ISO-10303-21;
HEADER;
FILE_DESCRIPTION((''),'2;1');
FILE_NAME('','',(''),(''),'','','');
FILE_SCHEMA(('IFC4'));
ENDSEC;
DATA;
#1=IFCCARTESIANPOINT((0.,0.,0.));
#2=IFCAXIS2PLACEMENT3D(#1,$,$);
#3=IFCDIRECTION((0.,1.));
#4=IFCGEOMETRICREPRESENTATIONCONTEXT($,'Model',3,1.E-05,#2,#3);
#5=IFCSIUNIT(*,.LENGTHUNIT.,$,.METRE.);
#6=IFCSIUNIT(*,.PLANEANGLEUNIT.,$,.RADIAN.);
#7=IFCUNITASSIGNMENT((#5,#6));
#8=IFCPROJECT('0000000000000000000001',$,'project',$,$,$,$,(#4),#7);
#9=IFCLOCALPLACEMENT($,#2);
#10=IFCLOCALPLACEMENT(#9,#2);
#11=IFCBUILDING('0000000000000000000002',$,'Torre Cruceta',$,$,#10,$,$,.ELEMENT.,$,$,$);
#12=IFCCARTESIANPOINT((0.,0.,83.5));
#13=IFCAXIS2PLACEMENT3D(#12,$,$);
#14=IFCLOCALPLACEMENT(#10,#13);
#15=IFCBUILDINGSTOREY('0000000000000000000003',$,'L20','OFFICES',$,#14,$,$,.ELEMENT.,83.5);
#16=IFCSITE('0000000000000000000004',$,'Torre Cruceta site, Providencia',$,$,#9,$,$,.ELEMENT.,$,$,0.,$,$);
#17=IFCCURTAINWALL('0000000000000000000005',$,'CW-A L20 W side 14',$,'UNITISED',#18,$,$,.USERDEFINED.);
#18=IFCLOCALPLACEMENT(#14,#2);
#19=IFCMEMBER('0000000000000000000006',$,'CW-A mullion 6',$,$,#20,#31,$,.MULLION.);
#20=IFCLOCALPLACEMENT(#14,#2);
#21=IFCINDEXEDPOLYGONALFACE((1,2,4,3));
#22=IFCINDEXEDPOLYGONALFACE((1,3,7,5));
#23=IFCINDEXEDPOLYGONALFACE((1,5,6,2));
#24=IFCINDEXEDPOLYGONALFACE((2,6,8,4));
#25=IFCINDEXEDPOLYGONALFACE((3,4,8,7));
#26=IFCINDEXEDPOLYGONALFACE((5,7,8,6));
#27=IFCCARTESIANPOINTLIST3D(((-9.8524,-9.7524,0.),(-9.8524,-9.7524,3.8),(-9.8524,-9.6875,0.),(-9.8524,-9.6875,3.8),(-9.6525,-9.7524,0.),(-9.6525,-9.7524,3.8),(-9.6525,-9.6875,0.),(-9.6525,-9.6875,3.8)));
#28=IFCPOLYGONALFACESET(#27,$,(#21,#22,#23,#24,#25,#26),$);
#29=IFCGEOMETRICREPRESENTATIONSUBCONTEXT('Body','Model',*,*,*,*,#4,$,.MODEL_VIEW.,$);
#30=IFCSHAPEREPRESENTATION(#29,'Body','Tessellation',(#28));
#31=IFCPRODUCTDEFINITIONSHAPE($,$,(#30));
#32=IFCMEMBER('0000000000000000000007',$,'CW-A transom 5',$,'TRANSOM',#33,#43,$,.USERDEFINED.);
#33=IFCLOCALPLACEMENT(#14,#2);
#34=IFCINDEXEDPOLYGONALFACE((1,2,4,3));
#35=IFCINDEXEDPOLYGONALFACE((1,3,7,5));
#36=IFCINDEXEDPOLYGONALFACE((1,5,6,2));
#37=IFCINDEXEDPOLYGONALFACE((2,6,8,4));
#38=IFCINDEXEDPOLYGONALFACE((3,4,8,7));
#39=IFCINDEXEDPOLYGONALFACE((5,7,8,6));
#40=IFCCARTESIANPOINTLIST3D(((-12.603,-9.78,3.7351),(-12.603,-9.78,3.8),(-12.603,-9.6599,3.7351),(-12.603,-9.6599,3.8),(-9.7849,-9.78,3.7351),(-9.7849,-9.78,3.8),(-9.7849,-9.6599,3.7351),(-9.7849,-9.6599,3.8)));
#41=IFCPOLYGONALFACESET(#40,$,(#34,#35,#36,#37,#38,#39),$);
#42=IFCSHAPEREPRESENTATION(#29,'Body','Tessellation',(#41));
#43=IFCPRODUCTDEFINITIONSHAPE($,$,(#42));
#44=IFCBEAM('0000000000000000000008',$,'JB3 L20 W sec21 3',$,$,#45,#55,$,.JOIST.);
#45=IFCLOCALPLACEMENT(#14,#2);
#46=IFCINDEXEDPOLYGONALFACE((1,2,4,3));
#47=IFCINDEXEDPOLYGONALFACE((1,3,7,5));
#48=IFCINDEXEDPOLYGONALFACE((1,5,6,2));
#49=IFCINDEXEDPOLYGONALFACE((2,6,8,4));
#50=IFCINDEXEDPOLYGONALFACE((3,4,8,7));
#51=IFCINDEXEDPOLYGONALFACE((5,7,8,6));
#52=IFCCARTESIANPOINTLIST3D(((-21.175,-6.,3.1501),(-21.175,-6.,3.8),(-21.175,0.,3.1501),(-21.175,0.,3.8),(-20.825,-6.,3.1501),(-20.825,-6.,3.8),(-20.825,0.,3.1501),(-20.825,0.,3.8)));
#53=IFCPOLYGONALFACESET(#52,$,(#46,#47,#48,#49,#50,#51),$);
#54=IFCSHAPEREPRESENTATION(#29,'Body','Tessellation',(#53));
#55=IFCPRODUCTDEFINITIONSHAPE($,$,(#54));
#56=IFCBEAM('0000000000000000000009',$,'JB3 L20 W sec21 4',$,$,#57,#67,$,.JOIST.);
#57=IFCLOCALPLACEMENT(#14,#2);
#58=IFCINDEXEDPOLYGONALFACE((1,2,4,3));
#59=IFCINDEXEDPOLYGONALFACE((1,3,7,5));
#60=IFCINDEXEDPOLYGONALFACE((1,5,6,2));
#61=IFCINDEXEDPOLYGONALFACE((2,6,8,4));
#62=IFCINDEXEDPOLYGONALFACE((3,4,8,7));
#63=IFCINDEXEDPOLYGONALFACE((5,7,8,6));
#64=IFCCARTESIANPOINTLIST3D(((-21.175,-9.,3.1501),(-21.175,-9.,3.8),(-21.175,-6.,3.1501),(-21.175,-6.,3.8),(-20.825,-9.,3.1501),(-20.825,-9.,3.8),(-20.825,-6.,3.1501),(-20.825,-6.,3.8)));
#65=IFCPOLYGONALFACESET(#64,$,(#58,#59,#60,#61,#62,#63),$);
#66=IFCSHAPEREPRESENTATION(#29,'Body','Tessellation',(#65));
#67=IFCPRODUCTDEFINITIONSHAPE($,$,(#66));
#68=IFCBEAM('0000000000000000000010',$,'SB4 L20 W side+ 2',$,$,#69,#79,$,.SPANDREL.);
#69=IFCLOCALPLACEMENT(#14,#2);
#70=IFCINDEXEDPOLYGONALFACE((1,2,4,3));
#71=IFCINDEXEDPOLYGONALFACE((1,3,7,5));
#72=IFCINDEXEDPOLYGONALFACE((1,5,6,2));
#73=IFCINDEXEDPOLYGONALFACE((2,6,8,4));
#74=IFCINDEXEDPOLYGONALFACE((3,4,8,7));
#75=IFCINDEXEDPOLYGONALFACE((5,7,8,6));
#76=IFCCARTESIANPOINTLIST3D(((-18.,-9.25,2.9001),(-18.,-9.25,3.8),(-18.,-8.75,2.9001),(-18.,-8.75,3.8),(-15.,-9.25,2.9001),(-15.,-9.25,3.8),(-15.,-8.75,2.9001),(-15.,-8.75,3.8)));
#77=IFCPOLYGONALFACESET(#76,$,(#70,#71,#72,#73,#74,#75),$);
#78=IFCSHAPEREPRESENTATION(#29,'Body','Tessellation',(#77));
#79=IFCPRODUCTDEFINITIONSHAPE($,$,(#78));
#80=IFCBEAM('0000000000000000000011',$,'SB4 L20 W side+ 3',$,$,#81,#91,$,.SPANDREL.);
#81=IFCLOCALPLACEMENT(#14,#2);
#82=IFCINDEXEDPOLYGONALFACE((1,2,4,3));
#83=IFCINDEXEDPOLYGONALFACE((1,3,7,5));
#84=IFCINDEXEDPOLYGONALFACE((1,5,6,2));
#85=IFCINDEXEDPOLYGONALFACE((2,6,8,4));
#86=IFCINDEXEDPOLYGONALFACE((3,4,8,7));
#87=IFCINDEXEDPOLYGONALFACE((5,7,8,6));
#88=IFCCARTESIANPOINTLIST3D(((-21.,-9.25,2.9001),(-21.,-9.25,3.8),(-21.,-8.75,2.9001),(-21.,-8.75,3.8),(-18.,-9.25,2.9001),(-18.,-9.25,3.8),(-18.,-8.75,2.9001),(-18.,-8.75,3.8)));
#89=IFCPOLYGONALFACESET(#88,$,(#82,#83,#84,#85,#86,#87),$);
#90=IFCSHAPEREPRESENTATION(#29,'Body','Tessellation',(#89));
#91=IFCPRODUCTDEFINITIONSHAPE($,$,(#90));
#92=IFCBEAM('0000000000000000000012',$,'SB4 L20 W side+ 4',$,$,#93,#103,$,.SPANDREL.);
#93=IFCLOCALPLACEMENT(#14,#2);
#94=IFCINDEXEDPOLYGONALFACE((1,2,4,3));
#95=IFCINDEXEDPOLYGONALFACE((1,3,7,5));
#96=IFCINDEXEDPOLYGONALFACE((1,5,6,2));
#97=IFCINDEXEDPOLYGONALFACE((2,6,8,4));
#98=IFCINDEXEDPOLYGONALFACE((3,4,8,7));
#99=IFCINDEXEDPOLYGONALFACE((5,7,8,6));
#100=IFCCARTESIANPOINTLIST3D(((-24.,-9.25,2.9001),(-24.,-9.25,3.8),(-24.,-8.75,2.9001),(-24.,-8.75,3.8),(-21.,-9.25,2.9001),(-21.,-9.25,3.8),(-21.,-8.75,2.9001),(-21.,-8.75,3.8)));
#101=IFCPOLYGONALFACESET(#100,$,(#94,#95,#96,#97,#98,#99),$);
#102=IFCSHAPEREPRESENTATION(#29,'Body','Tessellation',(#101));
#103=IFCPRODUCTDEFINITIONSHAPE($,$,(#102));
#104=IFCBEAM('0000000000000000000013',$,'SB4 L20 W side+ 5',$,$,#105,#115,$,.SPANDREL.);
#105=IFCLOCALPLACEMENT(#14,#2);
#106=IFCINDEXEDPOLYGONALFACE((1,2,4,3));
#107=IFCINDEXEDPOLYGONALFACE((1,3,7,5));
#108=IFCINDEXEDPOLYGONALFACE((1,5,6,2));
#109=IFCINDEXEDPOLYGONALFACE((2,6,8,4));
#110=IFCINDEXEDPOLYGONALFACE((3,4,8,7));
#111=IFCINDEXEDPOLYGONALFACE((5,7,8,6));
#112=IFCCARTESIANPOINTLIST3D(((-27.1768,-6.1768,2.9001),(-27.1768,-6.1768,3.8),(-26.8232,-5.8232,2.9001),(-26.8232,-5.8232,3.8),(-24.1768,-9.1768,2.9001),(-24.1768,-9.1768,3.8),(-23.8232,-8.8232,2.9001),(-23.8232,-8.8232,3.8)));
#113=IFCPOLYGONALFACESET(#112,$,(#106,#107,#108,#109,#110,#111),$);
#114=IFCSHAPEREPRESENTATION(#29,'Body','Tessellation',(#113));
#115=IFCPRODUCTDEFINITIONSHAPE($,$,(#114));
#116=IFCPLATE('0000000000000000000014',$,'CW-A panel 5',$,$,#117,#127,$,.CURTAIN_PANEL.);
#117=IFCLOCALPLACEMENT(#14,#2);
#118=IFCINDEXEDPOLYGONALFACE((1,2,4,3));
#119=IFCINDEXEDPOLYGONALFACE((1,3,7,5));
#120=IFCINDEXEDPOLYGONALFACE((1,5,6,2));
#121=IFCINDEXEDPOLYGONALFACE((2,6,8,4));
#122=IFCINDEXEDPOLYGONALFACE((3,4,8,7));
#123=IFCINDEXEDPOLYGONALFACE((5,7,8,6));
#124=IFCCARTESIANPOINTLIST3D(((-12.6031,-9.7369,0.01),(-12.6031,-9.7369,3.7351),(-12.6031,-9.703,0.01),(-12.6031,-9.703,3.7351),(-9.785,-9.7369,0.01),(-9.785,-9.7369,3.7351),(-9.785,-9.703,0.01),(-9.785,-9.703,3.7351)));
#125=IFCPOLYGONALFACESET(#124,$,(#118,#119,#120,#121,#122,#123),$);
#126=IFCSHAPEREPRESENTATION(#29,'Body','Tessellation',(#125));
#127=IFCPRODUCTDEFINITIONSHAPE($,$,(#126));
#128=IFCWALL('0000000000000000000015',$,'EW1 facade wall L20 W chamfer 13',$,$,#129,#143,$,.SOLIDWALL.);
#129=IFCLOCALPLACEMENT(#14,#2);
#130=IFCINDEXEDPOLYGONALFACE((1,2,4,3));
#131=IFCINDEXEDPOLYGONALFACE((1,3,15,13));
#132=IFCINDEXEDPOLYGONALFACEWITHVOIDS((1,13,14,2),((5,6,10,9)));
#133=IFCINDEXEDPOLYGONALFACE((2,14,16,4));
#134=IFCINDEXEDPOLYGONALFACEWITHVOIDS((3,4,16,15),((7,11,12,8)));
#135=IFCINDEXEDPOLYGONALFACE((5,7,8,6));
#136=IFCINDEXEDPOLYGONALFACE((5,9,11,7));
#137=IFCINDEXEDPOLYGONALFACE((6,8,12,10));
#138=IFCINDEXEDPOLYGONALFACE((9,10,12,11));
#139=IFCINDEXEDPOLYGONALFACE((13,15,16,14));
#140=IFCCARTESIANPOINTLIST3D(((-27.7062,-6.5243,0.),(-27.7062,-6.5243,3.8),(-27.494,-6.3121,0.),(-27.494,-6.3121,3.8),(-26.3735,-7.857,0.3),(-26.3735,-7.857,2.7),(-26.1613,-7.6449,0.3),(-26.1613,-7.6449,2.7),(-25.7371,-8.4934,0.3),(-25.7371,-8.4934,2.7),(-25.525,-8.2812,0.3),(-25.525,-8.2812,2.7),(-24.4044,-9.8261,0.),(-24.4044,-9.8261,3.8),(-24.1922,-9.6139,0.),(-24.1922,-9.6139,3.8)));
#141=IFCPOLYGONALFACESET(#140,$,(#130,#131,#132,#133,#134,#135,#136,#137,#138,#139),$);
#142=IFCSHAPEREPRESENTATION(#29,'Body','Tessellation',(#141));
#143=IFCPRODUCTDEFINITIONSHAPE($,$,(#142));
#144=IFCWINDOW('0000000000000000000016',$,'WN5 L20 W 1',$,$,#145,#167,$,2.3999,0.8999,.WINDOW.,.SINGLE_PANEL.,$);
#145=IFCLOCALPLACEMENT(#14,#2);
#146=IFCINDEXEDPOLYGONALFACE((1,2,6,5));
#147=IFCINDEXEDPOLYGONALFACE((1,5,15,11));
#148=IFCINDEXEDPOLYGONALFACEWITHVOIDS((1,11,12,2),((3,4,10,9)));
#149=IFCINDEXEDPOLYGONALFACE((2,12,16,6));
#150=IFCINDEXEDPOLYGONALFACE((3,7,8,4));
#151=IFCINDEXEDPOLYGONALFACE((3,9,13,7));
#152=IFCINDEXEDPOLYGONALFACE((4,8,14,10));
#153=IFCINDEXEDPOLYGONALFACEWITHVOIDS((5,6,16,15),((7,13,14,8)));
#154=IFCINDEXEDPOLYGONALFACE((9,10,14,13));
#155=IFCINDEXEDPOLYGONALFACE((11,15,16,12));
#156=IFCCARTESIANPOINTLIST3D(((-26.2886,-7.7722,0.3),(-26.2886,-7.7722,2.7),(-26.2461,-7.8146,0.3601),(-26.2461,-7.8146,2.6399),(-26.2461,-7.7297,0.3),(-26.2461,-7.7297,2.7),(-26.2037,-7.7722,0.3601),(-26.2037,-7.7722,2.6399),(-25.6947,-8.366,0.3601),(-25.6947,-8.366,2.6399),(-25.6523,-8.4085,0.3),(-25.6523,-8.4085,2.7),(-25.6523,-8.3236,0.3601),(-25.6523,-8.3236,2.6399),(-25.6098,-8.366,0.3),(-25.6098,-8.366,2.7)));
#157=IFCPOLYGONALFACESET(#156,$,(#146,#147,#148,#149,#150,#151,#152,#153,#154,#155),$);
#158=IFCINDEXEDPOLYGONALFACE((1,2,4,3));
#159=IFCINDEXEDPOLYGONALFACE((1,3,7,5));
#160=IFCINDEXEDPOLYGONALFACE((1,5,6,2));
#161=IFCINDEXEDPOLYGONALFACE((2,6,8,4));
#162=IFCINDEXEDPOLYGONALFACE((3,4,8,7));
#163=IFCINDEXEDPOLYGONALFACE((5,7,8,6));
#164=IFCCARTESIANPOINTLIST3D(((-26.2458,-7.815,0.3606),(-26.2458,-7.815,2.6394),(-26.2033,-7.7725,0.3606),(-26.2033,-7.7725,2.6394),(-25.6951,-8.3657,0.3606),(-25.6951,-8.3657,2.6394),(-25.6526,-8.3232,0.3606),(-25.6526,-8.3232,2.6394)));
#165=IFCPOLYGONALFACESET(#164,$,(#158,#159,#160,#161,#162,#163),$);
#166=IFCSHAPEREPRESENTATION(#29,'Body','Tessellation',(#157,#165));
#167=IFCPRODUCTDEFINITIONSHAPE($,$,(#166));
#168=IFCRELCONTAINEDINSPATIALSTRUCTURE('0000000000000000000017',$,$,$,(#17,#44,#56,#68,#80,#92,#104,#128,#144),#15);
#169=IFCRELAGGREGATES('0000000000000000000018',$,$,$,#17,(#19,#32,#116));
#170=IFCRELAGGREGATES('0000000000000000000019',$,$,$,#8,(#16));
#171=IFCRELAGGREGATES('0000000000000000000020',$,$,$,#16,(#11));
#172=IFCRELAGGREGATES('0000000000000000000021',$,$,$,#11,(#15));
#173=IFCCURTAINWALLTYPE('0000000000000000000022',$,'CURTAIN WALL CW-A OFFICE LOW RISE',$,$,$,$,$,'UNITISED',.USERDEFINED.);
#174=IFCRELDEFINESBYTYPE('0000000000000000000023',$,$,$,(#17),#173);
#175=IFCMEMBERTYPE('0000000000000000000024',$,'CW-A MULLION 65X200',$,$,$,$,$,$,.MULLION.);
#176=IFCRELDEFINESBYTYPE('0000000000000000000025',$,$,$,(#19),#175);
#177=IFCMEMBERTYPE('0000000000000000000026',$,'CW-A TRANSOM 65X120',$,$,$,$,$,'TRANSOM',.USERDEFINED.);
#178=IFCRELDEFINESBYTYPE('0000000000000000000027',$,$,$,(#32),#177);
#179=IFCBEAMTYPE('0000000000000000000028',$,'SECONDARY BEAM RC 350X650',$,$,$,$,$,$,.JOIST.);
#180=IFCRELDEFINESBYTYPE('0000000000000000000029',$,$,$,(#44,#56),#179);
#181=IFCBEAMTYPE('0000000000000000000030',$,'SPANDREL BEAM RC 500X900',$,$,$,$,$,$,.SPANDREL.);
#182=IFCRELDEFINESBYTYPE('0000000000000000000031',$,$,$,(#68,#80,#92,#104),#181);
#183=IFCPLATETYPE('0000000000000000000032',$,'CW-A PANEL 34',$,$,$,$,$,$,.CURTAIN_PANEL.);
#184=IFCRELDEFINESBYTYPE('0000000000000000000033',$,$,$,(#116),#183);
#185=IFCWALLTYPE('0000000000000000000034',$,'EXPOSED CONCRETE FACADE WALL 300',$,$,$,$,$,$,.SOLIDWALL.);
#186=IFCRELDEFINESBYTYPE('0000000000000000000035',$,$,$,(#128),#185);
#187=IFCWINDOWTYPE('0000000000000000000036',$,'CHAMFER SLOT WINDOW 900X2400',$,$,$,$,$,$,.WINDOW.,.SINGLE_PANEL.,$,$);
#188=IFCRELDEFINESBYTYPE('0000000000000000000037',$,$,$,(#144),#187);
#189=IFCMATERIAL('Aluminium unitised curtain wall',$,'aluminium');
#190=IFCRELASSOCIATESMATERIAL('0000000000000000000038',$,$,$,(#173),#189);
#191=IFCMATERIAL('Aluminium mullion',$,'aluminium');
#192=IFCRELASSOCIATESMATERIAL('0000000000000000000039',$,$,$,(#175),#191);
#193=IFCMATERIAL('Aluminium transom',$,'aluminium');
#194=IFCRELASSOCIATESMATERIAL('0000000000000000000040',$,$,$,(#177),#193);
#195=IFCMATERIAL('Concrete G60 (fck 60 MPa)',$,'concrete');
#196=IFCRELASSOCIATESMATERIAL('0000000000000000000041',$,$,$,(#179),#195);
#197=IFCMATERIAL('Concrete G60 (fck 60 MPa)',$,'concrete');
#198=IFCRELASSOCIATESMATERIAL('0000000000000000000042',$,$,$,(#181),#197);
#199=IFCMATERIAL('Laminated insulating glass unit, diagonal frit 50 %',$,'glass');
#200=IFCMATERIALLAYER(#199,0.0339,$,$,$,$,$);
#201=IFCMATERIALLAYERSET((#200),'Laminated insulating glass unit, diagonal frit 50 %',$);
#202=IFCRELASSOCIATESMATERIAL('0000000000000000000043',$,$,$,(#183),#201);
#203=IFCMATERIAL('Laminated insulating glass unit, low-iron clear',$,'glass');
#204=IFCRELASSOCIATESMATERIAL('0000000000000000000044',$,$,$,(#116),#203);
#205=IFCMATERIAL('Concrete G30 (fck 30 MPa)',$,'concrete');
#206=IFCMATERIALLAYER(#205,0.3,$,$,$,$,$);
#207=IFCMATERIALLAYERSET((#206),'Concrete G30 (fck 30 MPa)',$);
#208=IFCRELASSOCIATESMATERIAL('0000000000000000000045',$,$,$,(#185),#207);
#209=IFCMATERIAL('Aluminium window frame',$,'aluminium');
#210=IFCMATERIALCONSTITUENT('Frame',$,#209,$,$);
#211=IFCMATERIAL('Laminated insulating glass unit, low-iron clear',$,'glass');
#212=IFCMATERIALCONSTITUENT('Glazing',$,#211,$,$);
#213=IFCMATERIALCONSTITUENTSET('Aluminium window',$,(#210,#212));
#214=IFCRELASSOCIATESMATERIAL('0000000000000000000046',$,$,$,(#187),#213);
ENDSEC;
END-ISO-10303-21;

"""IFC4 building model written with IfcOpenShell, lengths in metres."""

from ifc_helpers import new_model, si_unit, direction, frame, frame_2d, origin, origin_2d, place, context, subcontext, project, spatial, rectangle, hollow_rectangle, extrude, material, layer, layer_set, constituent, constituent_set, material_profile, profile_set, type_object, element, fill, aggregate, save


model = new_model("IFC4")

# Units and contexts
model_context = context("Model", 3, precision=1e-05, world=origin(), true_north=direction((0.0, 1.0)))
body_context = subcontext(model_context, "Body", "Model", "MODEL_VIEW")
ifc_project = project(units=[si_unit("LENGTHUNIT", "METRE"), si_unit("PLANEANGLEUNIT", "RADIAN")], contexts=[model_context])

# Site, building, storey
site_placement = place(None, origin())
site = spatial("IfcSite", under=ifc_project, at=site_placement, Name="Torre Cruceta site, Providencia", CompositionType="ELEMENT", RefElevation=0.0)
building_placement = place(site_placement, origin())
building = spatial("IfcBuilding", under=site, at=building_placement, Name="Torre Cruceta", CompositionType="ELEMENT")
storey_placement = place(building_placement, frame((0.0, 0.0, 83.5)))
storey = spatial("IfcBuildingStorey", under=building, at=storey_placement, Name="L20", Description="OFFICES", CompositionType="ELEMENT", Elevation=83.5)

# Curtain wall, members
ifc_material_1 = material(Name="Aluminium unitised curtain wall", Category="aluminium")
curtain_wall_type = type_object("IfcCurtainWallType", Name="CURTAIN WALL CW-A OFFICE LOW RISE", ElementType="UNITISED", PredefinedType="USERDEFINED", material=ifc_material_1)
curtain_wall_placement = place(storey_placement, origin())
curtain_wall = element("IfcCurtainWall", 1, at=curtain_wall_placement, inside=storey, type_object=curtain_wall_type, Name="CW-A L20 W side 14", ObjectType="UNITISED", PredefinedType="USERDEFINED")
ifc_material_2 = material(Name="Aluminium mullion", Category="aluminium")
ifc_material_profile_1 = material_profile(ifc_material_2, rectangle(XDim=0.0649, YDim=0.2, at=origin_2d()), Name="AL 65X200")
ifc_profile_set_1 = profile_set([ifc_material_profile_1], Name="Aluminium mullion")
member_type_1 = type_object("IfcMemberType", Name="CW-A MULLION 65X200", PredefinedType="MULLION", material=ifc_profile_set_1)
member_1_placement = place(storey_placement, frame((-9.7524, -9.72, 0.0), z_axis=(0.0, 0.0, 1.0), x_axis=(0.0, 1.0, 0.0)))
member_1 = element("IfcMember", 2, at=member_1_placement, type_object=member_type_1, Name="CW-A mullion 6", PredefinedType="MULLION", context=body_context, shape_type="SweptSolid", body=[
    extrude(rectangle(XDim=0.0649, YDim=0.2, at=origin_2d()), origin(), (0.0, 0.0, 1.0), 3.8),
])
ifc_material_3 = material(Name="Aluminium transom", Category="aluminium")
ifc_material_profile_2 = material_profile(ifc_material_3, rectangle(XDim=0.1201, YDim=0.0649, at=origin_2d()), Name="AL 120X65")
ifc_profile_set_2 = profile_set([ifc_material_profile_2], Name="Aluminium transom")
member_type_2 = type_object("IfcMemberType", Name="CW-A TRANSOM 65X120", ElementType="TRANSOM", PredefinedType="USERDEFINED", material=ifc_profile_set_2)
member_2_placement = place(storey_placement, frame((-12.603, -9.72, 3.7676), z_axis=(1.0, 0.0, 0.0), x_axis=(0.0, 1.0, 0.0)))
member_2 = element("IfcMember", 3, at=member_2_placement, type_object=member_type_2, Name="CW-A transom 5", ObjectType="TRANSOM", PredefinedType="USERDEFINED", context=body_context, shape_type="SweptSolid", body=[
    extrude(rectangle(XDim=0.1201, YDim=0.0649, at=origin_2d()), origin(), (0.0, 0.0, 1.0), 2.8181),
])

# Beams
ifc_material_4 = material(Name="Concrete G60 (fck 60 MPa)", Category="concrete")
ifc_material_profile_3 = material_profile(ifc_material_4, rectangle(XDim=0.3501, YDim=0.6499, at=origin_2d()), Name="RC 350X650")
ifc_profile_set_3 = profile_set([ifc_material_profile_3], Name="Concrete G60 (fck 60 MPa)")
beam_type_1 = type_object("IfcBeamType", Name="SECONDARY BEAM RC 350X650", PredefinedType="JOIST", material=ifc_profile_set_3)
beam_1_placement = place(storey_placement, frame((-21.0, 0.0, 3.4751), z_axis=(0.0, -1.0, 0.0), x_axis=(1.0, 0.0, 0.0)))
element("IfcBeam", 4, at=beam_1_placement, inside=storey, type_object=beam_type_1, Name="JB3 L20 W sec21 3", PredefinedType="JOIST", context=body_context, shape_type="SweptSolid", body=[
    extrude(rectangle(XDim=0.3501, YDim=0.6499, at=origin_2d()), origin(), (0.0, 0.0, 1.0), 6.0),
])
beam_2_placement = place(storey_placement, frame((-21.0, -6.0, 3.4751), z_axis=(0.0, -1.0, 0.0), x_axis=(1.0, 0.0, 0.0)))
element("IfcBeam", 5, at=beam_2_placement, inside=storey, type_object=beam_type_1, Name="JB3 L20 W sec21 4", PredefinedType="JOIST", context=body_context, shape_type="SweptSolid", body=[
    extrude(rectangle(XDim=0.3501, YDim=0.6499, at=origin_2d()), origin(), (0.0, 0.0, 1.0), 3.0),
])
ifc_material_5 = material(Name="Concrete G60 (fck 60 MPa)", Category="concrete")
ifc_material_profile_4 = material_profile(ifc_material_5, rectangle(XDim=0.5, YDim=0.8999, at=origin_2d()), Name="RC 500X900")
ifc_profile_set_4 = profile_set([ifc_material_profile_4], Name="Concrete G60 (fck 60 MPa)")
beam_type_2 = type_object("IfcBeamType", Name="SPANDREL BEAM RC 500X900", PredefinedType="SPANDREL", material=ifc_profile_set_4)
for number, where, z_axis, x_axis, name in (
    (6, (-15.0, -9.0, 3.3501), (-1.0, 0.0, 0.0), (0.0, -1.0, 0.0), "SB4 L20 W side+ 2"),
    (7, (-18.0, -9.0, 3.3501), (-1.0, 0.0, 0.0), (0.0, -1.0, 0.0), "SB4 L20 W side+ 3"),
    (8, (-21.0, -9.0, 3.3501), (-1.0, 0.0, 0.0), (0.0, -1.0, 0.0), "SB4 L20 W side+ 4"),
):
    element("IfcBeam", number, at=place(storey_placement, frame(where, z_axis=z_axis, x_axis=x_axis)), inside=storey, type_object=beam_type_2, Name=name, PredefinedType="SPANDREL", context=body_context, shape_type="SweptSolid", body=[
        extrude(rectangle(XDim=0.5, YDim=0.8999, at=origin_2d()), origin(), (0.0, 0.0, 1.0), 3.0),
    ])
beam_3_placement = place(storey_placement, frame((-24.0, -9.0, 3.3501), z_axis=(-0.707107, 0.707107, 0.0), x_axis=(-0.707107, -0.707107, 0.0)))
element("IfcBeam", 9, at=beam_3_placement, inside=storey, type_object=beam_type_2, Name="SB4 L20 W side+ 5", PredefinedType="SPANDREL", context=body_context, shape_type="SweptSolid", body=[
    extrude(rectangle(XDim=0.5, YDim=0.8999, at=origin_2d()), origin(), (0.0, 0.0, 1.0), 4.2427),
])

# Plate
ifc_material_6 = material(Name="Laminated insulating glass unit, low-iron clear", Category="glass")
ifc_material_7 = material(Name="Laminated insulating glass unit, diagonal frit 50 %", Category="glass")
ifc_layer_1 = layer(ifc_material_7, 0.0339)
ifc_layer_set_1 = layer_set([ifc_layer_1], Name="Laminated insulating glass unit, diagonal frit 50 %")
plate_type = type_object("IfcPlateType", Name="CW-A PANEL 34", PredefinedType="CURTAIN_PANEL", material=ifc_layer_set_1)
plate_placement = place(storey_placement, frame((-11.1941, -9.72, 0.01), z_axis=(0.0, 0.0, 1.0), x_axis=(1.0, 0.0, 0.0)))
plate = element("IfcPlate", 10, at=plate_placement, type_object=plate_type, material=ifc_material_6, Name="CW-A panel 5", PredefinedType="CURTAIN_PANEL", context=body_context, shape_type="SweptSolid", body=[
    extrude(rectangle(XDim=2.8181, YDim=0.0339, at=origin_2d()), origin(), (0.0, 0.0, 1.0), 3.7251),
])
aggregate(curtain_wall, [member_1, member_2, plate])

# Wall, opening, window
ifc_material_8 = material(Name="Concrete G30 (fck 30 MPa)", Category="concrete")
ifc_layer_2 = layer(ifc_material_8, 0.3)
ifc_layer_set_2 = layer_set([ifc_layer_2], Name="Concrete G30 (fck 30 MPa)")
wall_type_1 = type_object("IfcWallType", Name="EXPOSED CONCRETE FACADE WALL 300", PredefinedType="SOLIDWALL", material=ifc_layer_set_2)
wall_1_placement = place(storey_placement, frame((-27.6001, -6.4182, 0.0), z_axis=(0.0, 0.0, 1.0), x_axis=(0.707107, -0.707107, 0.0)))
wall_1 = element("IfcWall", 11, at=wall_1_placement, inside=storey, type_object=wall_type_1, Name="EW1 facade wall L20 W chamfer 13", PredefinedType="SOLIDWALL", context=body_context, shape_type="SweptSolid", body=[
    extrude(rectangle(XDim=4.6694, YDim=0.3, at=frame_2d((2.3347, 0.0))), origin(), (0.0, 0.0, 1.0), 3.8),
])
opening_1_placement = place(wall_1_placement, frame((1.8848, 0.0, 0.3)))
opening_1 = element("IfcOpeningElement", 12, at=opening_1_placement, cuts=wall_1, PredefinedType="OPENING", context=body_context, shape_type="SweptSolid", body=[
    extrude(rectangle(XDim=0.8999, YDim=2.3999, at=frame_2d((0.45, 1.2))), frame((0.0, 0.1599, 0.0), z_axis=(0.0, -1.0, 0.0), x_axis=(1.0, 0.0, 0.0)), (0.0, 0.0, 1.0), 0.3201),
])
ifc_material_9 = material(Name="Aluminium window frame", Category="aluminium")
ifc_constituent_1 = constituent(ifc_material_9, Name="Frame")
ifc_material_10 = material(Name="Laminated insulating glass unit, low-iron clear", Category="glass")
ifc_constituent_2 = constituent(ifc_material_10, Name="Glazing")
ifc_constituent_set_1 = constituent_set(constituents=[ifc_constituent_1, ifc_constituent_2], Name="Aluminium window")
window_type = type_object("IfcWindowType", Name="CHAMFER SLOT WINDOW 900X2400", PartitioningType="SINGLE_PANEL", PredefinedType="WINDOW", material=ifc_constituent_set_1)
window_placement = place(opening_1_placement, origin())
window = element("IfcWindow", 13, at=window_placement, inside=storey, type_object=window_type, Name="WN5 L20 W 1", OverallHeight=2.3999, OverallWidth=0.8999, PartitioningType="SINGLE_PANEL", PredefinedType="WINDOW", context=body_context, shape_type="SweptSolid", body=[
    extrude(hollow_rectangle(XDim=0.8999, YDim=2.3999, WallThickness=0.0601, at=frame_2d((0.45, 1.2))), frame((0.0, 0.03, 0.0), z_axis=(0.0, -1.0, 0.0), x_axis=(1.0, 0.0, 0.0)), (0.0, 0.0, 1.0), 0.0601),
    extrude(rectangle(XDim=0.7788, YDim=2.2788, at=frame_2d((0.45, 1.2))), frame((0.0, 0.03, 0.0), z_axis=(0.0, -1.0, 0.0), x_axis=(1.0, 0.0, 0.0)), (0.0, 0.0, 1.0), 0.0601),
])
fill(opening_1, window)

save(model, "model.ifc")
